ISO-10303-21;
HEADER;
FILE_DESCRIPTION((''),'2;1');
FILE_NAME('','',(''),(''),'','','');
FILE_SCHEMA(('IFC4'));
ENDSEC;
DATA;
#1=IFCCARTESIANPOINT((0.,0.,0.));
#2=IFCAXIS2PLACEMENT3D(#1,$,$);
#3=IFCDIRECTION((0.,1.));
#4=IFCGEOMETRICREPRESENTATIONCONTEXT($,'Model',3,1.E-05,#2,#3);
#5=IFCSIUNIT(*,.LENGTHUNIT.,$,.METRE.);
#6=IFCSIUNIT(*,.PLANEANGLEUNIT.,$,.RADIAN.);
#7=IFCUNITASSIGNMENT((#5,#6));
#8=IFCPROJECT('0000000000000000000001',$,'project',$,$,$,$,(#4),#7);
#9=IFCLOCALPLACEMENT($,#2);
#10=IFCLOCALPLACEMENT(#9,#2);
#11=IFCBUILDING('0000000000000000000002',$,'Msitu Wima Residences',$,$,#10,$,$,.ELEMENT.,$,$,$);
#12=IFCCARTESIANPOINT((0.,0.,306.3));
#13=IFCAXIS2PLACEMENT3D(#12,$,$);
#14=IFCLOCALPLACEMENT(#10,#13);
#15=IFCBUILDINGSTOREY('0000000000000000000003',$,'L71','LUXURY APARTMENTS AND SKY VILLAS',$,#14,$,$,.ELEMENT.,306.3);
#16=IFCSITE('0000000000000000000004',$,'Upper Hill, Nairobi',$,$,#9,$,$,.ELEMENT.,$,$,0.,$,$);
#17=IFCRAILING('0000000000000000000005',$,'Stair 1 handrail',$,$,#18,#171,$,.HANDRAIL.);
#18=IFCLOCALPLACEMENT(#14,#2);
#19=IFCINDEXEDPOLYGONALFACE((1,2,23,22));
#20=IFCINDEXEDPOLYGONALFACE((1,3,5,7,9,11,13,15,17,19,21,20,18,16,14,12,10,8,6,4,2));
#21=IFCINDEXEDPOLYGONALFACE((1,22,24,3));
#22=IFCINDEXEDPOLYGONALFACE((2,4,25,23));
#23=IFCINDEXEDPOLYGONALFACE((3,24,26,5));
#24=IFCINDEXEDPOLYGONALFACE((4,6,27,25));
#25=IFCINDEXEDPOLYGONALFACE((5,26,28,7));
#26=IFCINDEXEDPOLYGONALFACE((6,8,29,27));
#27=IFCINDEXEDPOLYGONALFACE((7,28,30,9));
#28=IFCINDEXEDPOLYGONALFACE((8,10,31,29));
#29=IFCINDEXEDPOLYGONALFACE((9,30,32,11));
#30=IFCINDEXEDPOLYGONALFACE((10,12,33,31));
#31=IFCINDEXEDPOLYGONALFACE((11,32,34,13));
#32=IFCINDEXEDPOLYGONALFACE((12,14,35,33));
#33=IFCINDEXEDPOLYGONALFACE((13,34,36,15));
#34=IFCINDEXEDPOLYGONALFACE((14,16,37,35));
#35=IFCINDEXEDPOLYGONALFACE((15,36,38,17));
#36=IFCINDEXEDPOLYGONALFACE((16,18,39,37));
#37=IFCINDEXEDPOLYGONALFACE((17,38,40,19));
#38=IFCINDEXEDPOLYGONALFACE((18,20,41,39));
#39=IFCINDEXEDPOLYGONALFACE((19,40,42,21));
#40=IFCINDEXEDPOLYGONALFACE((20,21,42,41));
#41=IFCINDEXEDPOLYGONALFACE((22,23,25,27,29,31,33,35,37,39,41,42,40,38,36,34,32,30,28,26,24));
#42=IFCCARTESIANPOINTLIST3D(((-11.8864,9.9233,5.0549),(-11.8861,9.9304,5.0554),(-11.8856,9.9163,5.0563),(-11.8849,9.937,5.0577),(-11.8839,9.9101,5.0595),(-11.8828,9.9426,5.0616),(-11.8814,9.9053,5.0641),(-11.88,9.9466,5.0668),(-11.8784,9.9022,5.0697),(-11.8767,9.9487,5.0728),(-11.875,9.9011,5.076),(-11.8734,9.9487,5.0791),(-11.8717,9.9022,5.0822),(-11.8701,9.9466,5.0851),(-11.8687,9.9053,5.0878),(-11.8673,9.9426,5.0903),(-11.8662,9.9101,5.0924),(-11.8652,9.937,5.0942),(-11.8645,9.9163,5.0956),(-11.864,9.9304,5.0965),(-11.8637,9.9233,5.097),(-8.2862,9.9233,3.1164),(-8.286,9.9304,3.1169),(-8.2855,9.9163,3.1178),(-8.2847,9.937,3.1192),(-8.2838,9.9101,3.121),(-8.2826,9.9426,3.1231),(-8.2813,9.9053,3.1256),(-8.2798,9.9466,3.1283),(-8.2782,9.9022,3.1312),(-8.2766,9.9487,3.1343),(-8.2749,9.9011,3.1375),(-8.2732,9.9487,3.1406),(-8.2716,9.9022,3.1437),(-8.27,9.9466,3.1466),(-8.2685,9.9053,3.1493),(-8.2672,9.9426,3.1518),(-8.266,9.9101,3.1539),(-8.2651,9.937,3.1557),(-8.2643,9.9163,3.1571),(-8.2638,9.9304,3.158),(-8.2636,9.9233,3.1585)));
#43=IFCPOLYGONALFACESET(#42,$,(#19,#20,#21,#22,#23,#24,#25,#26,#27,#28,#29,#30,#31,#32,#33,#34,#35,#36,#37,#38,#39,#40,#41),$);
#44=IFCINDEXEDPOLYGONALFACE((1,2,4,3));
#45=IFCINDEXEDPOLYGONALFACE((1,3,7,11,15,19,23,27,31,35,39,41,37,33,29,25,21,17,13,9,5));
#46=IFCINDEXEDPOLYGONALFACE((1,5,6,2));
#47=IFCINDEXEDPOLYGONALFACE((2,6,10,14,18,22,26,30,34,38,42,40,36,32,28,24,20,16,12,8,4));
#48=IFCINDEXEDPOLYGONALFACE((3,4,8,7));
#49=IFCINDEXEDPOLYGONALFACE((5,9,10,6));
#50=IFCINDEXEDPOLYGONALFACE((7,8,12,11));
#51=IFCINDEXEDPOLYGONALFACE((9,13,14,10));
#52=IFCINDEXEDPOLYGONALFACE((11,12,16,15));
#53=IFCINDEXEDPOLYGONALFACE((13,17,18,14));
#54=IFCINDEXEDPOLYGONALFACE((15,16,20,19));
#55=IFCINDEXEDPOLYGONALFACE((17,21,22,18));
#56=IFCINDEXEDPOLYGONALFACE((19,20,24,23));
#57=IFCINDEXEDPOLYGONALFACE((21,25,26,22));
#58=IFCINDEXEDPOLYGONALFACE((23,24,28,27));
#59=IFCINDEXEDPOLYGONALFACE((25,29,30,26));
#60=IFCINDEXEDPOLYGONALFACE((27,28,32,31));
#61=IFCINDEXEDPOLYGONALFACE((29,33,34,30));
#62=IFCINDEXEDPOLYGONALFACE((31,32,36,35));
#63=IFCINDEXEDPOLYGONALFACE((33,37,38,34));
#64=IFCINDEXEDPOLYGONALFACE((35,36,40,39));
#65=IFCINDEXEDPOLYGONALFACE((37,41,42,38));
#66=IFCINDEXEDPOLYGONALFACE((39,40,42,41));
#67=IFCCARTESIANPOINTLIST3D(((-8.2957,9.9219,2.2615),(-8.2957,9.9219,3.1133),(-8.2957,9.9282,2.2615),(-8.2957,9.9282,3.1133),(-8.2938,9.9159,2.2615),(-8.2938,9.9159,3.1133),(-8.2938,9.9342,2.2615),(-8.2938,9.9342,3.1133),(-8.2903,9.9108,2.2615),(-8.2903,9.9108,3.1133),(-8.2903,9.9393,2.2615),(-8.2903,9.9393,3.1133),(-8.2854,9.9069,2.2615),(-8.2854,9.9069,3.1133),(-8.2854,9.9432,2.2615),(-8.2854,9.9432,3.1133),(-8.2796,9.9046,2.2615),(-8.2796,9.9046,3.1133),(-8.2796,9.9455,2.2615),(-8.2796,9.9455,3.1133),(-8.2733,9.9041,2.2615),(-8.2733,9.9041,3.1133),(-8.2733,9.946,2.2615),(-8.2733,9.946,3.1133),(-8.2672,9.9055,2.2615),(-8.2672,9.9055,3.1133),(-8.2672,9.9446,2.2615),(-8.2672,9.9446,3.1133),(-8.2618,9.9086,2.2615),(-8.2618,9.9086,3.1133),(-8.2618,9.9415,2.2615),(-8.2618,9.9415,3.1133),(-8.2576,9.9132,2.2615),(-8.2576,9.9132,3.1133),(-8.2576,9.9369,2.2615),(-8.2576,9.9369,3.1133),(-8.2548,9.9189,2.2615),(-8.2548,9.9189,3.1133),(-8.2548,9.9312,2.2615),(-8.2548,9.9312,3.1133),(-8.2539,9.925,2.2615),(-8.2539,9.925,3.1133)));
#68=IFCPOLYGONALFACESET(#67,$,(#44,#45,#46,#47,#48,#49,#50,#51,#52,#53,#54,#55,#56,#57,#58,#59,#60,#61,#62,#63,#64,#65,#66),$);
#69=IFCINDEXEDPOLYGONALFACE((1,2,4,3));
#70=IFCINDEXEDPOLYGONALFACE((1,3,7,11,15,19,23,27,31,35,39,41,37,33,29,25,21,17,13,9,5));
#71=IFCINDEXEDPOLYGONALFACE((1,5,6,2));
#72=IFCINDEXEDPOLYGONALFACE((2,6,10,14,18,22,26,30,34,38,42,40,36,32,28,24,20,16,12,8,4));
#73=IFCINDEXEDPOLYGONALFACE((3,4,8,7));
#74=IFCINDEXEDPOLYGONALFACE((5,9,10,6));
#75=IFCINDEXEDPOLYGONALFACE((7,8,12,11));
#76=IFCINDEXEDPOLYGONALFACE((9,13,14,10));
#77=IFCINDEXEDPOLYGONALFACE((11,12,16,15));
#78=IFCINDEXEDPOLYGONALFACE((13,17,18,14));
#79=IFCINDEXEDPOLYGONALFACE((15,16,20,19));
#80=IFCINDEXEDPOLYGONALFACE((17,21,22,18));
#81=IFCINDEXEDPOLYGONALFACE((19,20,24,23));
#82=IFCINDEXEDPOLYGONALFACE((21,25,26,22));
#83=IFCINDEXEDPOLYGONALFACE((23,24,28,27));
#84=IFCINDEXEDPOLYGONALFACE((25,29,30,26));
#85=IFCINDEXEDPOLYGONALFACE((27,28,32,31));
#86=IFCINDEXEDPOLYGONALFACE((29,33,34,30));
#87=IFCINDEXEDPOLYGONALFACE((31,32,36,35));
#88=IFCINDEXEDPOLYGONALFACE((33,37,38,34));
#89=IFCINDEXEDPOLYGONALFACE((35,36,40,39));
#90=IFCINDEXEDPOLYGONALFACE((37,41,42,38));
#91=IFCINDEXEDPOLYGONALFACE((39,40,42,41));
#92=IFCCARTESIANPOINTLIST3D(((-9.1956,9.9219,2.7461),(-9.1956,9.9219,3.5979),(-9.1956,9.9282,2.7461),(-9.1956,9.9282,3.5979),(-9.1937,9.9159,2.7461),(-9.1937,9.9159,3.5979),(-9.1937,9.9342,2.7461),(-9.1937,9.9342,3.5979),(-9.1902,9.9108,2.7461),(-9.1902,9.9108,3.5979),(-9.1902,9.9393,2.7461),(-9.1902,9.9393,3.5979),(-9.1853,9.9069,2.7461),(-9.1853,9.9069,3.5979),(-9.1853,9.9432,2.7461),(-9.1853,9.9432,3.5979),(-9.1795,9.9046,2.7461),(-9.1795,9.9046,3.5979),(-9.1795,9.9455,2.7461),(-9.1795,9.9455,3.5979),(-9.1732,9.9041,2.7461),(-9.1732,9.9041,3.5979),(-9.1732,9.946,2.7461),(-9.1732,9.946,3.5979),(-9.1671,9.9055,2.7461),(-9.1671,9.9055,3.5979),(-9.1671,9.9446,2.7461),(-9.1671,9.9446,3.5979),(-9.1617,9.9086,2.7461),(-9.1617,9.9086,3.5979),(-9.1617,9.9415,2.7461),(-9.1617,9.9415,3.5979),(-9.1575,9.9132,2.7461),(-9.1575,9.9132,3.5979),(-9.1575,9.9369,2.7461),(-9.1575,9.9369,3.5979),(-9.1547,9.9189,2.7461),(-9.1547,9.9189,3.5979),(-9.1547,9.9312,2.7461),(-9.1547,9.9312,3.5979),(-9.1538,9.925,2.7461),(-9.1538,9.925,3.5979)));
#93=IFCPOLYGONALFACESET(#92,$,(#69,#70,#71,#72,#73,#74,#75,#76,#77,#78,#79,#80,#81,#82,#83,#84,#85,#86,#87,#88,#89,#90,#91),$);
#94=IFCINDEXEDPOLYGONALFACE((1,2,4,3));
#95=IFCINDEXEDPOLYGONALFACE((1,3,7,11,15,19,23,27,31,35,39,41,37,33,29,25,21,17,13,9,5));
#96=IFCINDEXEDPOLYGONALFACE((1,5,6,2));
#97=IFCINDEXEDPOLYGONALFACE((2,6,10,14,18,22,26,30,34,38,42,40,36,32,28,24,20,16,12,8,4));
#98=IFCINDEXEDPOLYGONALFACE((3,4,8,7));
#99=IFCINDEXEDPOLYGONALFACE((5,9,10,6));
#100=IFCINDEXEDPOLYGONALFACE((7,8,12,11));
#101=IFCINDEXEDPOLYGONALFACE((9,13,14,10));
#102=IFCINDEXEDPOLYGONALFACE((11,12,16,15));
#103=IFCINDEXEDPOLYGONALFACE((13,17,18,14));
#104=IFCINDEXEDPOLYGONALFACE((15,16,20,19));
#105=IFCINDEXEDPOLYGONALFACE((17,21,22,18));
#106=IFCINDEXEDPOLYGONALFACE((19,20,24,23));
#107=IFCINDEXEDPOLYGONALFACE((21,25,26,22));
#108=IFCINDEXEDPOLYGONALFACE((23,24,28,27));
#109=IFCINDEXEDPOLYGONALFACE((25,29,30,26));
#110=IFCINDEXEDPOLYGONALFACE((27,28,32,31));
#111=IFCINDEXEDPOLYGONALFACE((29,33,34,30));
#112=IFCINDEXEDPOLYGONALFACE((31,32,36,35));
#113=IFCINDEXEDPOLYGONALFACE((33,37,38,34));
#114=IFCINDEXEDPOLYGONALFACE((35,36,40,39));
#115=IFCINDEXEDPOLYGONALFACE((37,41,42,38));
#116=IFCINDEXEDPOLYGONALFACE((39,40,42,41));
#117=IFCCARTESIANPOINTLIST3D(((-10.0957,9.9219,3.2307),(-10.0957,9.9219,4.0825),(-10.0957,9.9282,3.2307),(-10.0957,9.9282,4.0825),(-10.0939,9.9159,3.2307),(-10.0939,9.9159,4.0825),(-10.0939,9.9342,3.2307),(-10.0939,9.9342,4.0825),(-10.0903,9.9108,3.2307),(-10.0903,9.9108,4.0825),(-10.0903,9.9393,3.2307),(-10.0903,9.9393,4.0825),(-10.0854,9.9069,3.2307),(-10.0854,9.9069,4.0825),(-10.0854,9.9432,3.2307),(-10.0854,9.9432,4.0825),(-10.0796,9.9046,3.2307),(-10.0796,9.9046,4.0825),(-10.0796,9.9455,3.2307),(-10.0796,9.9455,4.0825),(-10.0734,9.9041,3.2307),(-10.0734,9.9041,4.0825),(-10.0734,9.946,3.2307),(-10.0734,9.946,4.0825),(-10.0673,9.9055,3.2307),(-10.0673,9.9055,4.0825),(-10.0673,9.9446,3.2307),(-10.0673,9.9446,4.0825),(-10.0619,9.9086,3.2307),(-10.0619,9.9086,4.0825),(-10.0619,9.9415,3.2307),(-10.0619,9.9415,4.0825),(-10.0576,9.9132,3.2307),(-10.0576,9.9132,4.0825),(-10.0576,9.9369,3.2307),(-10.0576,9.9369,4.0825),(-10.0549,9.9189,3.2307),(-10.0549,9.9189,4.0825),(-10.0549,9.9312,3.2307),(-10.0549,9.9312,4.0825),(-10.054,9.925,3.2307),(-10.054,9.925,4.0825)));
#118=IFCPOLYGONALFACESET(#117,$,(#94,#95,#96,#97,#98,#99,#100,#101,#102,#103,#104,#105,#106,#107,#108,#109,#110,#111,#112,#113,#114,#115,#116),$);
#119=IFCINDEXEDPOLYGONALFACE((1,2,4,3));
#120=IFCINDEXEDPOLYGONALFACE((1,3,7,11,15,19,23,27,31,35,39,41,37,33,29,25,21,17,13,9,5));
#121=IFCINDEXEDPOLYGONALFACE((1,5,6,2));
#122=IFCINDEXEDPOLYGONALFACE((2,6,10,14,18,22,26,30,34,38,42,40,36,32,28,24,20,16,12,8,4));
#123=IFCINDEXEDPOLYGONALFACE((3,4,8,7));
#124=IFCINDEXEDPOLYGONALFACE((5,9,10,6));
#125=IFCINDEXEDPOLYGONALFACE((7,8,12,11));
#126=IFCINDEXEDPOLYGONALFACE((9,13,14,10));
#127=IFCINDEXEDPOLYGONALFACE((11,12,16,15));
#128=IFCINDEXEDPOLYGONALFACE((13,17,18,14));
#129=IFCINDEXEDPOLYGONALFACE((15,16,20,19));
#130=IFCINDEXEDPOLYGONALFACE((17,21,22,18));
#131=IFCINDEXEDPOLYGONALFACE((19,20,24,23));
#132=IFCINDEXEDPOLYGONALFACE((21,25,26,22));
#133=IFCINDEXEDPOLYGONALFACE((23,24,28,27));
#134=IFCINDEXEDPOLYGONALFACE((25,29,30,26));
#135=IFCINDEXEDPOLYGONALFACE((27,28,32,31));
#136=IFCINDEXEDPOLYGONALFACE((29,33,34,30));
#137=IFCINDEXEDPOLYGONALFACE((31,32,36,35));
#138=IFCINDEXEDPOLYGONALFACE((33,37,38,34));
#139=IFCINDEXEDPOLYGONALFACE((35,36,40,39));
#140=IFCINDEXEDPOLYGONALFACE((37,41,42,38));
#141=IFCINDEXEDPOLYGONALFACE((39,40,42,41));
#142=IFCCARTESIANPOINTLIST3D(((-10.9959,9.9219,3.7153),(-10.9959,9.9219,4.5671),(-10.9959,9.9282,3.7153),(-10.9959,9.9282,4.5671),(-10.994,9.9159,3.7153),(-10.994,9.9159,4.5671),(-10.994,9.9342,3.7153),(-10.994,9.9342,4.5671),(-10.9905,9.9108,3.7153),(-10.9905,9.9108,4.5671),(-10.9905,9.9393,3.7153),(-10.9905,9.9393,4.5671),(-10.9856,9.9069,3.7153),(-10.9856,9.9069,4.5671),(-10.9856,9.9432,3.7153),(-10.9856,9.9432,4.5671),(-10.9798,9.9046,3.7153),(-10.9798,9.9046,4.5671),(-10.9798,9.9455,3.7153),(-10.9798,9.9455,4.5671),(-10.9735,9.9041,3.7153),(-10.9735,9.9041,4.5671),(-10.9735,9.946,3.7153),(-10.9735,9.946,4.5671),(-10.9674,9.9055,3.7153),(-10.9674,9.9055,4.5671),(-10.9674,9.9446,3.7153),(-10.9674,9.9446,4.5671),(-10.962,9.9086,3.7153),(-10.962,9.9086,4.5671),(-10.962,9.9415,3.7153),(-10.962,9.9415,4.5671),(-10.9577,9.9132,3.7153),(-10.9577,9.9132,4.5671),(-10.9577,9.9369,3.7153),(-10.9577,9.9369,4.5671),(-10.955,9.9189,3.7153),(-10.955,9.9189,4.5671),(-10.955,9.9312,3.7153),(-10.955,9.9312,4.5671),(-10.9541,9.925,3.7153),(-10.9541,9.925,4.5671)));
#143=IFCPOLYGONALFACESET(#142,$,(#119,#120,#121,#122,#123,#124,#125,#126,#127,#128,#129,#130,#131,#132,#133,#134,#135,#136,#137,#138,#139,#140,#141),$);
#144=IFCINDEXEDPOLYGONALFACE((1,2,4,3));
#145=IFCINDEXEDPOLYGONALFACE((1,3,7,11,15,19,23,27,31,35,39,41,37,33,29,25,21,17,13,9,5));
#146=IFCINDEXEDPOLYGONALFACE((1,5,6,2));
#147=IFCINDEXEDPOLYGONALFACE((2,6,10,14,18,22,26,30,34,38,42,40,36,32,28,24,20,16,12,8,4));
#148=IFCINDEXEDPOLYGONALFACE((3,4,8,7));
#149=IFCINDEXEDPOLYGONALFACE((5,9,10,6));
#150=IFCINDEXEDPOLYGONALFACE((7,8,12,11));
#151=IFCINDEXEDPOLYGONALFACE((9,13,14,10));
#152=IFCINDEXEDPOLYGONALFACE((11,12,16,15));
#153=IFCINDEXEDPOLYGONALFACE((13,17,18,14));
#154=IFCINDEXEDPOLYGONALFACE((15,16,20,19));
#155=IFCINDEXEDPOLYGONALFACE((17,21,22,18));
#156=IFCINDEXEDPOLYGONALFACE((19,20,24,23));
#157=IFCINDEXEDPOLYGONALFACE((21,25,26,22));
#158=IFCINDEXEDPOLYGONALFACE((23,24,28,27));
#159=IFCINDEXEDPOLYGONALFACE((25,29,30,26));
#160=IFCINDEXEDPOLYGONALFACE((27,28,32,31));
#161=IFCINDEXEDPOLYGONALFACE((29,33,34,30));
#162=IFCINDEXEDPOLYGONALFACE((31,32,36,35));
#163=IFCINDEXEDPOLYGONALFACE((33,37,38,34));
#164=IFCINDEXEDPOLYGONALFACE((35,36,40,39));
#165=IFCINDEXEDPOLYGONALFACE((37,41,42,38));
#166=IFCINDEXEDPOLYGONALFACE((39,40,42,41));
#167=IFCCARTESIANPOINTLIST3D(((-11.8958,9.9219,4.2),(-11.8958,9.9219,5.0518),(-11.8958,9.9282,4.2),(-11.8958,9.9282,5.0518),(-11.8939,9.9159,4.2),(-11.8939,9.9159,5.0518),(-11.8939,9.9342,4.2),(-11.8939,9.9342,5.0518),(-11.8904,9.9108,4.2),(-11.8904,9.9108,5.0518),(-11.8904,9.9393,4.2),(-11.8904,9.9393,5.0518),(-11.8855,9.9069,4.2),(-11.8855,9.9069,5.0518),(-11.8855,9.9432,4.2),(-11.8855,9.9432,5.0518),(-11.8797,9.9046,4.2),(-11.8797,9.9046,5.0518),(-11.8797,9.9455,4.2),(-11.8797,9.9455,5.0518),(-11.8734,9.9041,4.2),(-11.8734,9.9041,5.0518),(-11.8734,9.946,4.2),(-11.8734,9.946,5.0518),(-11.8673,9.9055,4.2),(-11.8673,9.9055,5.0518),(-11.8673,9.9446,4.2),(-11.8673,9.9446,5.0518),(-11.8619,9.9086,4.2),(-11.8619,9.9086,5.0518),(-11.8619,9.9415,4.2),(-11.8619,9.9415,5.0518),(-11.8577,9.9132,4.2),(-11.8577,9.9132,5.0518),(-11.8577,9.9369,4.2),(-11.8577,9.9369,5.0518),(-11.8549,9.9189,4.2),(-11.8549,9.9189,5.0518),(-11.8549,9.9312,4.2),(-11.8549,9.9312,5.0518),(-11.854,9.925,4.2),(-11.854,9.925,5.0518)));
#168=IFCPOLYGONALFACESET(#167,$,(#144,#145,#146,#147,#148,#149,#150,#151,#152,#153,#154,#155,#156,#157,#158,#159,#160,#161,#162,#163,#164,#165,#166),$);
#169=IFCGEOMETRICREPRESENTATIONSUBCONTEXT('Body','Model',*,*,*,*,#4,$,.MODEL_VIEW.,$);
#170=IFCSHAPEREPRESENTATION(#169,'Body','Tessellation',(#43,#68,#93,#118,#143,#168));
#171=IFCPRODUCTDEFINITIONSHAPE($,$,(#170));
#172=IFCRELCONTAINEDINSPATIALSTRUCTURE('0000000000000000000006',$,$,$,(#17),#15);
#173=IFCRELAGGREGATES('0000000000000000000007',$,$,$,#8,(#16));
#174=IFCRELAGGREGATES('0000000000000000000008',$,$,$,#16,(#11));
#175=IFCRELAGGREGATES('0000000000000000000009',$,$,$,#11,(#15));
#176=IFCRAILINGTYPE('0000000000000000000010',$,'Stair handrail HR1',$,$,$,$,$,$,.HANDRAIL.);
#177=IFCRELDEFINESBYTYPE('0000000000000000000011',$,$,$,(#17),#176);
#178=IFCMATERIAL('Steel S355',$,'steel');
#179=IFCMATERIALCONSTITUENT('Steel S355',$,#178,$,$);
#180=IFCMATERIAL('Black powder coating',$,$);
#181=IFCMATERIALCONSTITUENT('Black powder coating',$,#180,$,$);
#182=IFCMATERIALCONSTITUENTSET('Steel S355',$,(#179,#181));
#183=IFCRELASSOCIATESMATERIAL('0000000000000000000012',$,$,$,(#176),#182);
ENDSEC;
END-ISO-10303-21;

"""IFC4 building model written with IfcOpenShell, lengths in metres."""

from ifc_helpers import new_model, si_unit, direction, frame, origin, origin_2d, place, context, subcontext, project, spatial, circle, extrude, material, constituent, constituent_set, type_object, element, save


model = new_model("IFC4")

# Units and contexts
model_context = context("Model", 3, precision=1e-05, world=origin(), true_north=direction((0.0, 1.0)))
body_context = subcontext(model_context, "Body", "Model", "MODEL_VIEW")
ifc_project = project(units=[si_unit("LENGTHUNIT", "METRE"), si_unit("PLANEANGLEUNIT", "RADIAN")], contexts=[model_context])

# Site, building, storey
site_placement = place(None, origin())
site = spatial("IfcSite", under=ifc_project, at=site_placement, Name="Upper Hill, Nairobi", CompositionType="ELEMENT", RefElevation=0.0)
building_placement = place(site_placement, origin())
building = spatial("IfcBuilding", under=site, at=building_placement, Name="Msitu Wima Residences", CompositionType="ELEMENT")
storey_placement = place(building_placement, frame((0.0, 0.0, 306.3)))
storey = spatial("IfcBuildingStorey", under=building, at=storey_placement, Name="L71", Description="LUXURY APARTMENTS AND SKY VILLAS", CompositionType="ELEMENT", Elevation=306.3)

# Railing
ifc_material_1 = material(Name="Steel S355", Category="steel")
ifc_constituent_1 = constituent(ifc_material_1, Name="Steel S355")
ifc_material_2 = material(Name="Black powder coating")
ifc_constituent_2 = constituent(ifc_material_2, Name="Black powder coating")
ifc_constituent_set = constituent_set(constituents=[ifc_constituent_1, ifc_constituent_2], Name="Steel S355")
railing_type = type_object("IfcRailingType", Name="Stair handrail HR1", PredefinedType="HANDRAIL", material=ifc_constituent_set)
for number, where, name in (
    (1, (-8.2749, 9.925, 2.2615), "Stair 1 handrail"),
):
    element("IfcRailing", number, at=place(storey_placement, frame(where)), inside=storey, type_object=railing_type, Name=name, PredefinedType="HANDRAIL", context=body_context, shape_type="SweptSolid", body=[
        extrude(circle(Radius=0.0239, at=origin_2d()), frame((0.0, 0.0, 0.876), z_axis=(-0.880475, 0.0, 0.474093), x_axis=(0.0, -1.0, 0.0)), (0.0, 0.0, 1.0), 4.0889),
        extrude(circle(Radius=0.021, at=origin_2d()), origin(), (0.0, 0.0, 1.0), 0.8518),
        extrude(circle(Radius=0.021, at=origin_2d()), frame((-0.8999, 0.0, 0.4846)), (0.0, 0.0, 1.0), 0.8518),
        extrude(circle(Radius=0.021, at=origin_2d()), frame((-1.8, 0.0, 0.9692)), (0.0, 0.0, 1.0), 0.8518),
        extrude(circle(Radius=0.021, at=origin_2d()), frame((-2.7002, 0.0, 1.4539)), (0.0, 0.0, 1.0), 0.8518),
        extrude(circle(Radius=0.021, at=origin_2d()), frame((-3.6001, 0.0, 1.9385)), (0.0, 0.0, 1.0), 0.8518),
    ])

save(model, "model.ifc")
